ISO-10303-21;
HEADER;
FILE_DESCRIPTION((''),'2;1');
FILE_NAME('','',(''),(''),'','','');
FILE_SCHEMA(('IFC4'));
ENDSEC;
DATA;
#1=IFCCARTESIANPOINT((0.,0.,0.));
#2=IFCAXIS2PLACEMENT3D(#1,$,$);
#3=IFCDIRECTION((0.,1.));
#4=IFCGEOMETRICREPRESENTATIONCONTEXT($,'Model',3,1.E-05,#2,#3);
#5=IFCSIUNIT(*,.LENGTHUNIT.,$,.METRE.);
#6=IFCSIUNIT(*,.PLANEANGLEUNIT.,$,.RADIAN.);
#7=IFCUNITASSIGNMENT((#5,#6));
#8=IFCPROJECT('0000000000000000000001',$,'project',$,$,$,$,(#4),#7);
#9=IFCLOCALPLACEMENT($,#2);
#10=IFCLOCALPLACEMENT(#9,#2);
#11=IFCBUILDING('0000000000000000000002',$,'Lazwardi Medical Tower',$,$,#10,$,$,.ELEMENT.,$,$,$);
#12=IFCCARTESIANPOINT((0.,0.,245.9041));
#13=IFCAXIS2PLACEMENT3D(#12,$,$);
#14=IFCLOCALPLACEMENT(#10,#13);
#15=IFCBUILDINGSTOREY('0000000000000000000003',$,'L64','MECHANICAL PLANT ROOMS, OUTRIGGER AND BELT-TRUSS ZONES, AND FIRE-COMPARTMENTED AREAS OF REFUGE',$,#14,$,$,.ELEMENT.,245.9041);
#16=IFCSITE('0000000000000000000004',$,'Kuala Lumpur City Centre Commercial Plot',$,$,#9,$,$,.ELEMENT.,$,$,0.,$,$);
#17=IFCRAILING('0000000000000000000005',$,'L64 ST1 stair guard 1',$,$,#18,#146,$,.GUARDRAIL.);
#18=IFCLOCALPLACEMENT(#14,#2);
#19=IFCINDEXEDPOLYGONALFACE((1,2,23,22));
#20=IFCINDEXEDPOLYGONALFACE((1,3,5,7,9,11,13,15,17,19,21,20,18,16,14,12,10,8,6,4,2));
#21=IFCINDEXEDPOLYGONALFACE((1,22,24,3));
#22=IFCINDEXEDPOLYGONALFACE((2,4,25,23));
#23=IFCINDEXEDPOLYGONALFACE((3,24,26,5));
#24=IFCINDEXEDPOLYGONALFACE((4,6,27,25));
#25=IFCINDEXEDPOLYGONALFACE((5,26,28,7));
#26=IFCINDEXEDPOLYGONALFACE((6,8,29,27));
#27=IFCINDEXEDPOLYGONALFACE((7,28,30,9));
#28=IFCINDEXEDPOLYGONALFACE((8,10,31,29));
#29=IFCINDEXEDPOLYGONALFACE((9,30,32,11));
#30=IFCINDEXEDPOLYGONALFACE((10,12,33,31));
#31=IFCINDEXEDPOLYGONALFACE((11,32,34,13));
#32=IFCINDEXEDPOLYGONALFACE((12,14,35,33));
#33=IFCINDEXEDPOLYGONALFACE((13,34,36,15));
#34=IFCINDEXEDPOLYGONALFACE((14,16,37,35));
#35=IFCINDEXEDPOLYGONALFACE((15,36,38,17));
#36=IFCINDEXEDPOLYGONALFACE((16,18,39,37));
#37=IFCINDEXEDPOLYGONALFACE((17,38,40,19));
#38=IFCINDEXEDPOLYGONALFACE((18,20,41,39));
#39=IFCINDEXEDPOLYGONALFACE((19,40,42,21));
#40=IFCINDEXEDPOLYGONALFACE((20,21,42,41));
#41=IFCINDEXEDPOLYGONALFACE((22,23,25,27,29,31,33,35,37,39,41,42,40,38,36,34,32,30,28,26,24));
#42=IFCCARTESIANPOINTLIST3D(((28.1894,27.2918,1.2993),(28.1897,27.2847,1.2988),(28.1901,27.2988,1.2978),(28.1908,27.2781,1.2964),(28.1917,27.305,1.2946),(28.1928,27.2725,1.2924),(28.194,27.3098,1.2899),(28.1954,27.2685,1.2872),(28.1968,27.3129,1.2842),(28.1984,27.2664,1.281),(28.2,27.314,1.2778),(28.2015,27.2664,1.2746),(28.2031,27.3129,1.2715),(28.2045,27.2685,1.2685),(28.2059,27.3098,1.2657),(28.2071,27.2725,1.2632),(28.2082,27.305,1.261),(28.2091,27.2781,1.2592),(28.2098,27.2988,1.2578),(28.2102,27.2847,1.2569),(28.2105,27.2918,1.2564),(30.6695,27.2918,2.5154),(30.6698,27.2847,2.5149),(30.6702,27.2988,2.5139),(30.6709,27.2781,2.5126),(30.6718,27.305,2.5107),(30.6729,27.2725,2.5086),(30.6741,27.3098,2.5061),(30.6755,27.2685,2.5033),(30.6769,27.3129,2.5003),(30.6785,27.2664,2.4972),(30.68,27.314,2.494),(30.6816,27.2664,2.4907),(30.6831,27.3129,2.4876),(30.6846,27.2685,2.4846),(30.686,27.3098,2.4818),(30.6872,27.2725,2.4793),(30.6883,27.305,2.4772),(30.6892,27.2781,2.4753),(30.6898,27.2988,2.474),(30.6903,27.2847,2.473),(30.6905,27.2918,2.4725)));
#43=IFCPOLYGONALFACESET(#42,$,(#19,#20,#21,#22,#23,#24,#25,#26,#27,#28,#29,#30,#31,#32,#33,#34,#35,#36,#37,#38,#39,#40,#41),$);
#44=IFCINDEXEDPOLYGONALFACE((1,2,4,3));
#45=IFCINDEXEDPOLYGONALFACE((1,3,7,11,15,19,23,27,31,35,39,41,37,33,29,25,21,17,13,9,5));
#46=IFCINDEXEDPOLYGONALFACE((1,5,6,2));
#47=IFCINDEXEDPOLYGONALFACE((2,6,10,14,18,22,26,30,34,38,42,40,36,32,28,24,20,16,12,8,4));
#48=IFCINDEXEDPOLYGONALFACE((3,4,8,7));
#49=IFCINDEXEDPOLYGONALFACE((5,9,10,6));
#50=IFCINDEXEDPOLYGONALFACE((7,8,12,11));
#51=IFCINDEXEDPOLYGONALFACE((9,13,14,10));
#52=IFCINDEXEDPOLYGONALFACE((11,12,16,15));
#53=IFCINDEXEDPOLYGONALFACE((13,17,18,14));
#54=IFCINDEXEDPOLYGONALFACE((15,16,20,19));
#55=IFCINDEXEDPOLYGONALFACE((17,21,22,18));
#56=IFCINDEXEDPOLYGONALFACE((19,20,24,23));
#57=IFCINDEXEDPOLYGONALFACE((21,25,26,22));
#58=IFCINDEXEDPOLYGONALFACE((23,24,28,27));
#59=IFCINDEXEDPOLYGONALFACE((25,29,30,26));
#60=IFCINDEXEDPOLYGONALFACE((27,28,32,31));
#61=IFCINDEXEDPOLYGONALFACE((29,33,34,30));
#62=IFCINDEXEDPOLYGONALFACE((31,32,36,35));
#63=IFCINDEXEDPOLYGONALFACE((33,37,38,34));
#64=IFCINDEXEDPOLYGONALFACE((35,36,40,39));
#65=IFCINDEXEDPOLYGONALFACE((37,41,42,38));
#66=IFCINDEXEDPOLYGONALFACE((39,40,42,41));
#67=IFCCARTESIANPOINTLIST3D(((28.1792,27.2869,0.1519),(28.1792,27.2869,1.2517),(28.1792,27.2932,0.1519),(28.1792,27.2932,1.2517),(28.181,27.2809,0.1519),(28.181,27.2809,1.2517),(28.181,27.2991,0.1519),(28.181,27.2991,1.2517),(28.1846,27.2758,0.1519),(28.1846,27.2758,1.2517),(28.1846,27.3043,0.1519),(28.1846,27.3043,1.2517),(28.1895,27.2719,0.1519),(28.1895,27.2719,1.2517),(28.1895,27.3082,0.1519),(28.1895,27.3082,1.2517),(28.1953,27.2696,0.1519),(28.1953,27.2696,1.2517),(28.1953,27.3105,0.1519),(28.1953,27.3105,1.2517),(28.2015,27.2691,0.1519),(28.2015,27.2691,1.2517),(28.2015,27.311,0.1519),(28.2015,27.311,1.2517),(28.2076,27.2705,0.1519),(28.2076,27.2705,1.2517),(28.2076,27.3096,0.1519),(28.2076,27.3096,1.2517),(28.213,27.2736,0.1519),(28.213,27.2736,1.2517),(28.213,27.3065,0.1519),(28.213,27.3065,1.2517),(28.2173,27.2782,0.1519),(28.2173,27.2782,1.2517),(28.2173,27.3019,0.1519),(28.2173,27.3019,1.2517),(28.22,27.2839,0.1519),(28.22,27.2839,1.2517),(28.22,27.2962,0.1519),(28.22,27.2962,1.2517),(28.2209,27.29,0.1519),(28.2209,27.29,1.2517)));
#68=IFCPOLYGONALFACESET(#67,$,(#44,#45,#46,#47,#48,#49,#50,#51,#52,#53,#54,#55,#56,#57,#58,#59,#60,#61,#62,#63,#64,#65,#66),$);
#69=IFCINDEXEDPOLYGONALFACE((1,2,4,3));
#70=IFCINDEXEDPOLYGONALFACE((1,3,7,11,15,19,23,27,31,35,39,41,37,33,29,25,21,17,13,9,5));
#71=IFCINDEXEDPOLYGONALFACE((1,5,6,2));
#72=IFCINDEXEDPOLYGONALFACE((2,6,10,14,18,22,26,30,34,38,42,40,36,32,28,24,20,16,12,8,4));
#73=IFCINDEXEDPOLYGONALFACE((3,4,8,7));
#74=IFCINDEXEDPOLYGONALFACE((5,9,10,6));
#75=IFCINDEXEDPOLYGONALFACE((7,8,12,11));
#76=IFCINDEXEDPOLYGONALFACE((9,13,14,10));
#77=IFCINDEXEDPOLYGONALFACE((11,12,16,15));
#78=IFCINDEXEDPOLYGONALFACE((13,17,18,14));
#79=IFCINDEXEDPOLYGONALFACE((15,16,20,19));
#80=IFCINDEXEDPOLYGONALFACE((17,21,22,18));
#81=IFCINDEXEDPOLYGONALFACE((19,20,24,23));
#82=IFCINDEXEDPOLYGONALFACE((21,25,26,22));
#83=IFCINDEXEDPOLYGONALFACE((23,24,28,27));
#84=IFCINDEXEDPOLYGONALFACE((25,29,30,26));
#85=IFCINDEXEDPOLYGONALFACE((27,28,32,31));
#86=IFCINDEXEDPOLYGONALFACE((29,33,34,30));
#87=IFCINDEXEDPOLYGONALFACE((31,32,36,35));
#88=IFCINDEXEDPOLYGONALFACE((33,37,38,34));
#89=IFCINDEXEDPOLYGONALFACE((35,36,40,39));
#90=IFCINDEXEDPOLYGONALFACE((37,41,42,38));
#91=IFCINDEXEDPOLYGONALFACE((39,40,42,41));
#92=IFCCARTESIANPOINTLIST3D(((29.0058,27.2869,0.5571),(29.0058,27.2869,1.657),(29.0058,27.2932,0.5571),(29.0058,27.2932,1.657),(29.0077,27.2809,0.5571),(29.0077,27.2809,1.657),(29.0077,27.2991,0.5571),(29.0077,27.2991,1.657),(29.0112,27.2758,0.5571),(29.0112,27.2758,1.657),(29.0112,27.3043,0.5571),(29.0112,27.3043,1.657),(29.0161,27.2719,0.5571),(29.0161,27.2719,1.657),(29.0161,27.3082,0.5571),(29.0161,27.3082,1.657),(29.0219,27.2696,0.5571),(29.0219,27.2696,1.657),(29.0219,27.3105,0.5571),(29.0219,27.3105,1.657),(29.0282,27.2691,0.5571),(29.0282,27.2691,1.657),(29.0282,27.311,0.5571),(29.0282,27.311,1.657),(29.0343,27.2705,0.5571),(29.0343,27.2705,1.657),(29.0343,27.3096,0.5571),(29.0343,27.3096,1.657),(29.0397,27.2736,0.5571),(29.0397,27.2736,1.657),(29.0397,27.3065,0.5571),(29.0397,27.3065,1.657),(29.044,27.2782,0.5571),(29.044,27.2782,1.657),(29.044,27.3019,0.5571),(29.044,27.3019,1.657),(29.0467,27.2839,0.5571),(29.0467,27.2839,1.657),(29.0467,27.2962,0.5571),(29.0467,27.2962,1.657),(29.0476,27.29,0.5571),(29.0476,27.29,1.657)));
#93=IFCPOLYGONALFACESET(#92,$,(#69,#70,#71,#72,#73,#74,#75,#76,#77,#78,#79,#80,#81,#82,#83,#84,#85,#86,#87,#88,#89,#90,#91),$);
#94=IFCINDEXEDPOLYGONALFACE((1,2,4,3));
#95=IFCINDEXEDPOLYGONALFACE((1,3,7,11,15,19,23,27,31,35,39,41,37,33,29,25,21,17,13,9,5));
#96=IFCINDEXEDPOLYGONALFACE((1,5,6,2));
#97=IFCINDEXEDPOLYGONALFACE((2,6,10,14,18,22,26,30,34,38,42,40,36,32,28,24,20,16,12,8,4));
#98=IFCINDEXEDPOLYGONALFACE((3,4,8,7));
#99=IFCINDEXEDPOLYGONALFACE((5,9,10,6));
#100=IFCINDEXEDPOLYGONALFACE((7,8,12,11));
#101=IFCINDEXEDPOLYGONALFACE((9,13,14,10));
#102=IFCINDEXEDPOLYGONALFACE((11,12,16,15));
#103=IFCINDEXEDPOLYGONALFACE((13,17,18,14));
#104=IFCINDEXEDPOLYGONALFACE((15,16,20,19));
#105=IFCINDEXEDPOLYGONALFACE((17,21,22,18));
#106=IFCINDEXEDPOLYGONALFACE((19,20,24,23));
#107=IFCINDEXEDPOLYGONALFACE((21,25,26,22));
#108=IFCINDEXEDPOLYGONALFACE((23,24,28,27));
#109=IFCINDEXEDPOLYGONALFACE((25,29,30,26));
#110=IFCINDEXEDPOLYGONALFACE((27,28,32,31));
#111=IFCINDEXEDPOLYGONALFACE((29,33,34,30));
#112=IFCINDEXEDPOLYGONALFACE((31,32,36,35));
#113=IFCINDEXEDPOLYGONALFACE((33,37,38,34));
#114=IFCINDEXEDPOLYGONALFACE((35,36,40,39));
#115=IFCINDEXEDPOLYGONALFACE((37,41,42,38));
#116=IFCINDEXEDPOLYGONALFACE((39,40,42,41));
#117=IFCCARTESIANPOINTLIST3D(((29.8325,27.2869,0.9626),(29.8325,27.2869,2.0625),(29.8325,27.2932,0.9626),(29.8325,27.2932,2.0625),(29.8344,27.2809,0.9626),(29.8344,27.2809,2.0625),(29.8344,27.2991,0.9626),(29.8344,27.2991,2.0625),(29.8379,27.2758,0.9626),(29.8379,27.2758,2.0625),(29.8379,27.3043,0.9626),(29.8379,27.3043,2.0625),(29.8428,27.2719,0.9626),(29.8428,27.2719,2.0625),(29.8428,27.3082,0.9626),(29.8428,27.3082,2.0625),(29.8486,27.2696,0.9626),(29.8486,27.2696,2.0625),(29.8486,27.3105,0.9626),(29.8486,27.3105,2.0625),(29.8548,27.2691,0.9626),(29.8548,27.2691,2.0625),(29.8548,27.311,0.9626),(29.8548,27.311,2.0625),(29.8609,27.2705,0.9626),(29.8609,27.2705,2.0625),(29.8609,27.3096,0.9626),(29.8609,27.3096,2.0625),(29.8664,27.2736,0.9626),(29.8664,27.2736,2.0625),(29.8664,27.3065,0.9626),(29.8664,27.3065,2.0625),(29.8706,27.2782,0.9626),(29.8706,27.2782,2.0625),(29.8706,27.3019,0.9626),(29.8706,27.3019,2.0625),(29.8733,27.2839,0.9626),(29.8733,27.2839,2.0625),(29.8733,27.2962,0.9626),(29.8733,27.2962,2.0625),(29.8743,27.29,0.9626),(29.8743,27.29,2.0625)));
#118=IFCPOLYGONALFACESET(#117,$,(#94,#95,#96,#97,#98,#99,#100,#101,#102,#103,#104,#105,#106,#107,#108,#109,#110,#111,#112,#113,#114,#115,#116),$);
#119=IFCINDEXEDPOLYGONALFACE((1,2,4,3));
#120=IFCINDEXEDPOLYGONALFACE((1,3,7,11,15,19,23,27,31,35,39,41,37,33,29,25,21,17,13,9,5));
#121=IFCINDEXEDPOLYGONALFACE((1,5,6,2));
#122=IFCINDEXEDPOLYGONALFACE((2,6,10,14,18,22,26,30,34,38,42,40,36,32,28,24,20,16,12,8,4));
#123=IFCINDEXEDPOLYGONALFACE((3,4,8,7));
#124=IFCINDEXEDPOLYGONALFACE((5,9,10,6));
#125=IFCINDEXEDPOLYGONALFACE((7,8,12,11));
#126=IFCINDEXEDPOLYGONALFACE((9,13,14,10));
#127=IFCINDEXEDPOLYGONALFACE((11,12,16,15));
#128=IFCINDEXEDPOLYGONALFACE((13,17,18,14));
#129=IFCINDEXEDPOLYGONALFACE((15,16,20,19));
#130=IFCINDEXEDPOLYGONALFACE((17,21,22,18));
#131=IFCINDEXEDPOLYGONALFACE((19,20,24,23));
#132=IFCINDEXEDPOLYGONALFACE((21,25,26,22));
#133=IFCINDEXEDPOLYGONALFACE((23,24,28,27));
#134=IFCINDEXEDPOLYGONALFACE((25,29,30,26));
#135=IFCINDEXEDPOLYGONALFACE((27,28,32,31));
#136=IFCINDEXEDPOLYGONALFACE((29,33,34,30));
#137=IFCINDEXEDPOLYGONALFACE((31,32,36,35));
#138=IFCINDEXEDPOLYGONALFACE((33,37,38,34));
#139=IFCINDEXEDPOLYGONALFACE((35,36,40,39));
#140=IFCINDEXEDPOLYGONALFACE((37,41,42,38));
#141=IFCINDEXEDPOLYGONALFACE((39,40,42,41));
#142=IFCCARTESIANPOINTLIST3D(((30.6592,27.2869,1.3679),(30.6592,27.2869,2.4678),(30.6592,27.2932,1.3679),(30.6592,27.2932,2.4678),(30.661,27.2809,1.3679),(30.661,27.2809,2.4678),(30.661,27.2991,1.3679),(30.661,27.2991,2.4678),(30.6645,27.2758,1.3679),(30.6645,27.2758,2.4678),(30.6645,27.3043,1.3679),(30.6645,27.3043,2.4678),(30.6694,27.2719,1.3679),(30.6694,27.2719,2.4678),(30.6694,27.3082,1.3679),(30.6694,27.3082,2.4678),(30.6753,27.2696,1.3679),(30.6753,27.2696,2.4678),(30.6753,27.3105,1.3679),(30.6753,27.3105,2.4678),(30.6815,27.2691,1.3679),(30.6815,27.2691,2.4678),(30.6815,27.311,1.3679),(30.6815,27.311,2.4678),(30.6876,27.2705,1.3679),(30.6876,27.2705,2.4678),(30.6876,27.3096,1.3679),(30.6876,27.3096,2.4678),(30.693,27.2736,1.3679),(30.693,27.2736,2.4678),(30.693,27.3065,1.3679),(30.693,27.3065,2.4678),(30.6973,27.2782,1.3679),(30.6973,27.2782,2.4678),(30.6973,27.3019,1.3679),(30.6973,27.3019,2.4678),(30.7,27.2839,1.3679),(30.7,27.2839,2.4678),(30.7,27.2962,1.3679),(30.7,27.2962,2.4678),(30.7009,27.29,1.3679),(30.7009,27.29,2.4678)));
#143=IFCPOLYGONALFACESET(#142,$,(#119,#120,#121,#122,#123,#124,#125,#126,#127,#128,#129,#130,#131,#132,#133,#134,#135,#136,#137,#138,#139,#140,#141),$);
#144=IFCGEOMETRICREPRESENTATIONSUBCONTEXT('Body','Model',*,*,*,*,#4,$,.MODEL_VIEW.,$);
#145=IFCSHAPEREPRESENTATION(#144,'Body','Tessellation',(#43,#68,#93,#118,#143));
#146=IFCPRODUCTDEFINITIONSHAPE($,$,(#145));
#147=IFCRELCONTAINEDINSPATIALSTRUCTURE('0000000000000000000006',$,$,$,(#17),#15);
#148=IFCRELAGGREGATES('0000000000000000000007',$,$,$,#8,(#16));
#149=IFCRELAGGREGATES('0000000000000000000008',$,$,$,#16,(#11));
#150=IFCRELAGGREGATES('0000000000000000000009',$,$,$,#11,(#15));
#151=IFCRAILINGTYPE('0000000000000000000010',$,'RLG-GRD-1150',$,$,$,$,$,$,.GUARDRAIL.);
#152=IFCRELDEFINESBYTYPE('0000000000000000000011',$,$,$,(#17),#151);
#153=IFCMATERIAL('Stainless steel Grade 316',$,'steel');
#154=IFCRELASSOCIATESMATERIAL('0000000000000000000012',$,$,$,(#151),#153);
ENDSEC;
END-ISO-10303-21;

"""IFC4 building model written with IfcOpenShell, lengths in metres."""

from ifc_helpers import new_model, si_unit, direction, frame, origin, origin_2d, place, context, subcontext, project, spatial, circle, extrude, material, type_object, element, save


model = new_model("IFC4")

# Units and contexts
model_context = context("Model", 3, precision=1e-05, world=origin(), true_north=direction((0.0, 1.0)))
body_context = subcontext(model_context, "Body", "Model", "MODEL_VIEW")
ifc_project = project(units=[si_unit("LENGTHUNIT", "METRE"), si_unit("PLANEANGLEUNIT", "RADIAN")], contexts=[model_context])

# Site, building, storey
site_placement = place(None, origin())
site = spatial("IfcSite", under=ifc_project, at=site_placement, Name="Kuala Lumpur City Centre Commercial Plot", CompositionType="ELEMENT", RefElevation=0.0)
building_placement = place(site_placement, origin())
building = spatial("IfcBuilding", under=site, at=building_placement, Name="Lazwardi Medical Tower", CompositionType="ELEMENT")
storey_placement = place(building_placement, frame((0.0, 0.0, 245.9041)))
storey = spatial("IfcBuildingStorey", under=building, at=storey_placement, Name="L64", Description="MECHANICAL PLANT ROOMS, OUTRIGGER AND BELT-TRUSS ZONES, AND FIRE-COMPARTMENTED AREAS OF REFUGE", CompositionType="ELEMENT", Elevation=245.9041)

# Railing
ifc_material_1 = material(Name="Stainless steel Grade 316", Category="steel")
railing_type_1 = type_object("IfcRailingType", Name="RLG-GRD-1150", PredefinedType="GUARDRAIL", material=ifc_material_1)
railing_1_placement = place(storey_placement, frame((28.2, 27.29, 0.1519)))
element("IfcRailing", 1, at=railing_1_placement, inside=storey, type_object=railing_type_1, Name="L64 ST1 stair guard 1", PredefinedType="GUARDRAIL", context=body_context, shape_type="SweptSolid", body=[
    extrude(circle(Radius=0.0239, at=origin_2d()), frame((0.0, 0.0, 1.126), z_axis=(0.897865, 0.0, 0.44027), x_axis=(0.0, 1.0, 0.0)), (0.0, 0.0, 1.0), 2.7622),
    extrude(circle(Radius=0.021, at=origin_2d()), origin(), (0.0, 0.0, 1.0), 1.0999),
    extrude(circle(Radius=0.021, at=origin_2d()), frame((0.8267, 0.0, 0.4053)), (0.0, 0.0, 1.0), 1.0999),
    extrude(circle(Radius=0.021, at=origin_2d()), frame((1.6533, 0.0, 0.8108)), (0.0, 0.0, 1.0), 1.0999),
    extrude(circle(Radius=0.021, at=origin_2d()), frame((2.48, 0.0, 1.2161)), (0.0, 0.0, 1.0), 1.0999),
])

save(model, "model.ifc")
